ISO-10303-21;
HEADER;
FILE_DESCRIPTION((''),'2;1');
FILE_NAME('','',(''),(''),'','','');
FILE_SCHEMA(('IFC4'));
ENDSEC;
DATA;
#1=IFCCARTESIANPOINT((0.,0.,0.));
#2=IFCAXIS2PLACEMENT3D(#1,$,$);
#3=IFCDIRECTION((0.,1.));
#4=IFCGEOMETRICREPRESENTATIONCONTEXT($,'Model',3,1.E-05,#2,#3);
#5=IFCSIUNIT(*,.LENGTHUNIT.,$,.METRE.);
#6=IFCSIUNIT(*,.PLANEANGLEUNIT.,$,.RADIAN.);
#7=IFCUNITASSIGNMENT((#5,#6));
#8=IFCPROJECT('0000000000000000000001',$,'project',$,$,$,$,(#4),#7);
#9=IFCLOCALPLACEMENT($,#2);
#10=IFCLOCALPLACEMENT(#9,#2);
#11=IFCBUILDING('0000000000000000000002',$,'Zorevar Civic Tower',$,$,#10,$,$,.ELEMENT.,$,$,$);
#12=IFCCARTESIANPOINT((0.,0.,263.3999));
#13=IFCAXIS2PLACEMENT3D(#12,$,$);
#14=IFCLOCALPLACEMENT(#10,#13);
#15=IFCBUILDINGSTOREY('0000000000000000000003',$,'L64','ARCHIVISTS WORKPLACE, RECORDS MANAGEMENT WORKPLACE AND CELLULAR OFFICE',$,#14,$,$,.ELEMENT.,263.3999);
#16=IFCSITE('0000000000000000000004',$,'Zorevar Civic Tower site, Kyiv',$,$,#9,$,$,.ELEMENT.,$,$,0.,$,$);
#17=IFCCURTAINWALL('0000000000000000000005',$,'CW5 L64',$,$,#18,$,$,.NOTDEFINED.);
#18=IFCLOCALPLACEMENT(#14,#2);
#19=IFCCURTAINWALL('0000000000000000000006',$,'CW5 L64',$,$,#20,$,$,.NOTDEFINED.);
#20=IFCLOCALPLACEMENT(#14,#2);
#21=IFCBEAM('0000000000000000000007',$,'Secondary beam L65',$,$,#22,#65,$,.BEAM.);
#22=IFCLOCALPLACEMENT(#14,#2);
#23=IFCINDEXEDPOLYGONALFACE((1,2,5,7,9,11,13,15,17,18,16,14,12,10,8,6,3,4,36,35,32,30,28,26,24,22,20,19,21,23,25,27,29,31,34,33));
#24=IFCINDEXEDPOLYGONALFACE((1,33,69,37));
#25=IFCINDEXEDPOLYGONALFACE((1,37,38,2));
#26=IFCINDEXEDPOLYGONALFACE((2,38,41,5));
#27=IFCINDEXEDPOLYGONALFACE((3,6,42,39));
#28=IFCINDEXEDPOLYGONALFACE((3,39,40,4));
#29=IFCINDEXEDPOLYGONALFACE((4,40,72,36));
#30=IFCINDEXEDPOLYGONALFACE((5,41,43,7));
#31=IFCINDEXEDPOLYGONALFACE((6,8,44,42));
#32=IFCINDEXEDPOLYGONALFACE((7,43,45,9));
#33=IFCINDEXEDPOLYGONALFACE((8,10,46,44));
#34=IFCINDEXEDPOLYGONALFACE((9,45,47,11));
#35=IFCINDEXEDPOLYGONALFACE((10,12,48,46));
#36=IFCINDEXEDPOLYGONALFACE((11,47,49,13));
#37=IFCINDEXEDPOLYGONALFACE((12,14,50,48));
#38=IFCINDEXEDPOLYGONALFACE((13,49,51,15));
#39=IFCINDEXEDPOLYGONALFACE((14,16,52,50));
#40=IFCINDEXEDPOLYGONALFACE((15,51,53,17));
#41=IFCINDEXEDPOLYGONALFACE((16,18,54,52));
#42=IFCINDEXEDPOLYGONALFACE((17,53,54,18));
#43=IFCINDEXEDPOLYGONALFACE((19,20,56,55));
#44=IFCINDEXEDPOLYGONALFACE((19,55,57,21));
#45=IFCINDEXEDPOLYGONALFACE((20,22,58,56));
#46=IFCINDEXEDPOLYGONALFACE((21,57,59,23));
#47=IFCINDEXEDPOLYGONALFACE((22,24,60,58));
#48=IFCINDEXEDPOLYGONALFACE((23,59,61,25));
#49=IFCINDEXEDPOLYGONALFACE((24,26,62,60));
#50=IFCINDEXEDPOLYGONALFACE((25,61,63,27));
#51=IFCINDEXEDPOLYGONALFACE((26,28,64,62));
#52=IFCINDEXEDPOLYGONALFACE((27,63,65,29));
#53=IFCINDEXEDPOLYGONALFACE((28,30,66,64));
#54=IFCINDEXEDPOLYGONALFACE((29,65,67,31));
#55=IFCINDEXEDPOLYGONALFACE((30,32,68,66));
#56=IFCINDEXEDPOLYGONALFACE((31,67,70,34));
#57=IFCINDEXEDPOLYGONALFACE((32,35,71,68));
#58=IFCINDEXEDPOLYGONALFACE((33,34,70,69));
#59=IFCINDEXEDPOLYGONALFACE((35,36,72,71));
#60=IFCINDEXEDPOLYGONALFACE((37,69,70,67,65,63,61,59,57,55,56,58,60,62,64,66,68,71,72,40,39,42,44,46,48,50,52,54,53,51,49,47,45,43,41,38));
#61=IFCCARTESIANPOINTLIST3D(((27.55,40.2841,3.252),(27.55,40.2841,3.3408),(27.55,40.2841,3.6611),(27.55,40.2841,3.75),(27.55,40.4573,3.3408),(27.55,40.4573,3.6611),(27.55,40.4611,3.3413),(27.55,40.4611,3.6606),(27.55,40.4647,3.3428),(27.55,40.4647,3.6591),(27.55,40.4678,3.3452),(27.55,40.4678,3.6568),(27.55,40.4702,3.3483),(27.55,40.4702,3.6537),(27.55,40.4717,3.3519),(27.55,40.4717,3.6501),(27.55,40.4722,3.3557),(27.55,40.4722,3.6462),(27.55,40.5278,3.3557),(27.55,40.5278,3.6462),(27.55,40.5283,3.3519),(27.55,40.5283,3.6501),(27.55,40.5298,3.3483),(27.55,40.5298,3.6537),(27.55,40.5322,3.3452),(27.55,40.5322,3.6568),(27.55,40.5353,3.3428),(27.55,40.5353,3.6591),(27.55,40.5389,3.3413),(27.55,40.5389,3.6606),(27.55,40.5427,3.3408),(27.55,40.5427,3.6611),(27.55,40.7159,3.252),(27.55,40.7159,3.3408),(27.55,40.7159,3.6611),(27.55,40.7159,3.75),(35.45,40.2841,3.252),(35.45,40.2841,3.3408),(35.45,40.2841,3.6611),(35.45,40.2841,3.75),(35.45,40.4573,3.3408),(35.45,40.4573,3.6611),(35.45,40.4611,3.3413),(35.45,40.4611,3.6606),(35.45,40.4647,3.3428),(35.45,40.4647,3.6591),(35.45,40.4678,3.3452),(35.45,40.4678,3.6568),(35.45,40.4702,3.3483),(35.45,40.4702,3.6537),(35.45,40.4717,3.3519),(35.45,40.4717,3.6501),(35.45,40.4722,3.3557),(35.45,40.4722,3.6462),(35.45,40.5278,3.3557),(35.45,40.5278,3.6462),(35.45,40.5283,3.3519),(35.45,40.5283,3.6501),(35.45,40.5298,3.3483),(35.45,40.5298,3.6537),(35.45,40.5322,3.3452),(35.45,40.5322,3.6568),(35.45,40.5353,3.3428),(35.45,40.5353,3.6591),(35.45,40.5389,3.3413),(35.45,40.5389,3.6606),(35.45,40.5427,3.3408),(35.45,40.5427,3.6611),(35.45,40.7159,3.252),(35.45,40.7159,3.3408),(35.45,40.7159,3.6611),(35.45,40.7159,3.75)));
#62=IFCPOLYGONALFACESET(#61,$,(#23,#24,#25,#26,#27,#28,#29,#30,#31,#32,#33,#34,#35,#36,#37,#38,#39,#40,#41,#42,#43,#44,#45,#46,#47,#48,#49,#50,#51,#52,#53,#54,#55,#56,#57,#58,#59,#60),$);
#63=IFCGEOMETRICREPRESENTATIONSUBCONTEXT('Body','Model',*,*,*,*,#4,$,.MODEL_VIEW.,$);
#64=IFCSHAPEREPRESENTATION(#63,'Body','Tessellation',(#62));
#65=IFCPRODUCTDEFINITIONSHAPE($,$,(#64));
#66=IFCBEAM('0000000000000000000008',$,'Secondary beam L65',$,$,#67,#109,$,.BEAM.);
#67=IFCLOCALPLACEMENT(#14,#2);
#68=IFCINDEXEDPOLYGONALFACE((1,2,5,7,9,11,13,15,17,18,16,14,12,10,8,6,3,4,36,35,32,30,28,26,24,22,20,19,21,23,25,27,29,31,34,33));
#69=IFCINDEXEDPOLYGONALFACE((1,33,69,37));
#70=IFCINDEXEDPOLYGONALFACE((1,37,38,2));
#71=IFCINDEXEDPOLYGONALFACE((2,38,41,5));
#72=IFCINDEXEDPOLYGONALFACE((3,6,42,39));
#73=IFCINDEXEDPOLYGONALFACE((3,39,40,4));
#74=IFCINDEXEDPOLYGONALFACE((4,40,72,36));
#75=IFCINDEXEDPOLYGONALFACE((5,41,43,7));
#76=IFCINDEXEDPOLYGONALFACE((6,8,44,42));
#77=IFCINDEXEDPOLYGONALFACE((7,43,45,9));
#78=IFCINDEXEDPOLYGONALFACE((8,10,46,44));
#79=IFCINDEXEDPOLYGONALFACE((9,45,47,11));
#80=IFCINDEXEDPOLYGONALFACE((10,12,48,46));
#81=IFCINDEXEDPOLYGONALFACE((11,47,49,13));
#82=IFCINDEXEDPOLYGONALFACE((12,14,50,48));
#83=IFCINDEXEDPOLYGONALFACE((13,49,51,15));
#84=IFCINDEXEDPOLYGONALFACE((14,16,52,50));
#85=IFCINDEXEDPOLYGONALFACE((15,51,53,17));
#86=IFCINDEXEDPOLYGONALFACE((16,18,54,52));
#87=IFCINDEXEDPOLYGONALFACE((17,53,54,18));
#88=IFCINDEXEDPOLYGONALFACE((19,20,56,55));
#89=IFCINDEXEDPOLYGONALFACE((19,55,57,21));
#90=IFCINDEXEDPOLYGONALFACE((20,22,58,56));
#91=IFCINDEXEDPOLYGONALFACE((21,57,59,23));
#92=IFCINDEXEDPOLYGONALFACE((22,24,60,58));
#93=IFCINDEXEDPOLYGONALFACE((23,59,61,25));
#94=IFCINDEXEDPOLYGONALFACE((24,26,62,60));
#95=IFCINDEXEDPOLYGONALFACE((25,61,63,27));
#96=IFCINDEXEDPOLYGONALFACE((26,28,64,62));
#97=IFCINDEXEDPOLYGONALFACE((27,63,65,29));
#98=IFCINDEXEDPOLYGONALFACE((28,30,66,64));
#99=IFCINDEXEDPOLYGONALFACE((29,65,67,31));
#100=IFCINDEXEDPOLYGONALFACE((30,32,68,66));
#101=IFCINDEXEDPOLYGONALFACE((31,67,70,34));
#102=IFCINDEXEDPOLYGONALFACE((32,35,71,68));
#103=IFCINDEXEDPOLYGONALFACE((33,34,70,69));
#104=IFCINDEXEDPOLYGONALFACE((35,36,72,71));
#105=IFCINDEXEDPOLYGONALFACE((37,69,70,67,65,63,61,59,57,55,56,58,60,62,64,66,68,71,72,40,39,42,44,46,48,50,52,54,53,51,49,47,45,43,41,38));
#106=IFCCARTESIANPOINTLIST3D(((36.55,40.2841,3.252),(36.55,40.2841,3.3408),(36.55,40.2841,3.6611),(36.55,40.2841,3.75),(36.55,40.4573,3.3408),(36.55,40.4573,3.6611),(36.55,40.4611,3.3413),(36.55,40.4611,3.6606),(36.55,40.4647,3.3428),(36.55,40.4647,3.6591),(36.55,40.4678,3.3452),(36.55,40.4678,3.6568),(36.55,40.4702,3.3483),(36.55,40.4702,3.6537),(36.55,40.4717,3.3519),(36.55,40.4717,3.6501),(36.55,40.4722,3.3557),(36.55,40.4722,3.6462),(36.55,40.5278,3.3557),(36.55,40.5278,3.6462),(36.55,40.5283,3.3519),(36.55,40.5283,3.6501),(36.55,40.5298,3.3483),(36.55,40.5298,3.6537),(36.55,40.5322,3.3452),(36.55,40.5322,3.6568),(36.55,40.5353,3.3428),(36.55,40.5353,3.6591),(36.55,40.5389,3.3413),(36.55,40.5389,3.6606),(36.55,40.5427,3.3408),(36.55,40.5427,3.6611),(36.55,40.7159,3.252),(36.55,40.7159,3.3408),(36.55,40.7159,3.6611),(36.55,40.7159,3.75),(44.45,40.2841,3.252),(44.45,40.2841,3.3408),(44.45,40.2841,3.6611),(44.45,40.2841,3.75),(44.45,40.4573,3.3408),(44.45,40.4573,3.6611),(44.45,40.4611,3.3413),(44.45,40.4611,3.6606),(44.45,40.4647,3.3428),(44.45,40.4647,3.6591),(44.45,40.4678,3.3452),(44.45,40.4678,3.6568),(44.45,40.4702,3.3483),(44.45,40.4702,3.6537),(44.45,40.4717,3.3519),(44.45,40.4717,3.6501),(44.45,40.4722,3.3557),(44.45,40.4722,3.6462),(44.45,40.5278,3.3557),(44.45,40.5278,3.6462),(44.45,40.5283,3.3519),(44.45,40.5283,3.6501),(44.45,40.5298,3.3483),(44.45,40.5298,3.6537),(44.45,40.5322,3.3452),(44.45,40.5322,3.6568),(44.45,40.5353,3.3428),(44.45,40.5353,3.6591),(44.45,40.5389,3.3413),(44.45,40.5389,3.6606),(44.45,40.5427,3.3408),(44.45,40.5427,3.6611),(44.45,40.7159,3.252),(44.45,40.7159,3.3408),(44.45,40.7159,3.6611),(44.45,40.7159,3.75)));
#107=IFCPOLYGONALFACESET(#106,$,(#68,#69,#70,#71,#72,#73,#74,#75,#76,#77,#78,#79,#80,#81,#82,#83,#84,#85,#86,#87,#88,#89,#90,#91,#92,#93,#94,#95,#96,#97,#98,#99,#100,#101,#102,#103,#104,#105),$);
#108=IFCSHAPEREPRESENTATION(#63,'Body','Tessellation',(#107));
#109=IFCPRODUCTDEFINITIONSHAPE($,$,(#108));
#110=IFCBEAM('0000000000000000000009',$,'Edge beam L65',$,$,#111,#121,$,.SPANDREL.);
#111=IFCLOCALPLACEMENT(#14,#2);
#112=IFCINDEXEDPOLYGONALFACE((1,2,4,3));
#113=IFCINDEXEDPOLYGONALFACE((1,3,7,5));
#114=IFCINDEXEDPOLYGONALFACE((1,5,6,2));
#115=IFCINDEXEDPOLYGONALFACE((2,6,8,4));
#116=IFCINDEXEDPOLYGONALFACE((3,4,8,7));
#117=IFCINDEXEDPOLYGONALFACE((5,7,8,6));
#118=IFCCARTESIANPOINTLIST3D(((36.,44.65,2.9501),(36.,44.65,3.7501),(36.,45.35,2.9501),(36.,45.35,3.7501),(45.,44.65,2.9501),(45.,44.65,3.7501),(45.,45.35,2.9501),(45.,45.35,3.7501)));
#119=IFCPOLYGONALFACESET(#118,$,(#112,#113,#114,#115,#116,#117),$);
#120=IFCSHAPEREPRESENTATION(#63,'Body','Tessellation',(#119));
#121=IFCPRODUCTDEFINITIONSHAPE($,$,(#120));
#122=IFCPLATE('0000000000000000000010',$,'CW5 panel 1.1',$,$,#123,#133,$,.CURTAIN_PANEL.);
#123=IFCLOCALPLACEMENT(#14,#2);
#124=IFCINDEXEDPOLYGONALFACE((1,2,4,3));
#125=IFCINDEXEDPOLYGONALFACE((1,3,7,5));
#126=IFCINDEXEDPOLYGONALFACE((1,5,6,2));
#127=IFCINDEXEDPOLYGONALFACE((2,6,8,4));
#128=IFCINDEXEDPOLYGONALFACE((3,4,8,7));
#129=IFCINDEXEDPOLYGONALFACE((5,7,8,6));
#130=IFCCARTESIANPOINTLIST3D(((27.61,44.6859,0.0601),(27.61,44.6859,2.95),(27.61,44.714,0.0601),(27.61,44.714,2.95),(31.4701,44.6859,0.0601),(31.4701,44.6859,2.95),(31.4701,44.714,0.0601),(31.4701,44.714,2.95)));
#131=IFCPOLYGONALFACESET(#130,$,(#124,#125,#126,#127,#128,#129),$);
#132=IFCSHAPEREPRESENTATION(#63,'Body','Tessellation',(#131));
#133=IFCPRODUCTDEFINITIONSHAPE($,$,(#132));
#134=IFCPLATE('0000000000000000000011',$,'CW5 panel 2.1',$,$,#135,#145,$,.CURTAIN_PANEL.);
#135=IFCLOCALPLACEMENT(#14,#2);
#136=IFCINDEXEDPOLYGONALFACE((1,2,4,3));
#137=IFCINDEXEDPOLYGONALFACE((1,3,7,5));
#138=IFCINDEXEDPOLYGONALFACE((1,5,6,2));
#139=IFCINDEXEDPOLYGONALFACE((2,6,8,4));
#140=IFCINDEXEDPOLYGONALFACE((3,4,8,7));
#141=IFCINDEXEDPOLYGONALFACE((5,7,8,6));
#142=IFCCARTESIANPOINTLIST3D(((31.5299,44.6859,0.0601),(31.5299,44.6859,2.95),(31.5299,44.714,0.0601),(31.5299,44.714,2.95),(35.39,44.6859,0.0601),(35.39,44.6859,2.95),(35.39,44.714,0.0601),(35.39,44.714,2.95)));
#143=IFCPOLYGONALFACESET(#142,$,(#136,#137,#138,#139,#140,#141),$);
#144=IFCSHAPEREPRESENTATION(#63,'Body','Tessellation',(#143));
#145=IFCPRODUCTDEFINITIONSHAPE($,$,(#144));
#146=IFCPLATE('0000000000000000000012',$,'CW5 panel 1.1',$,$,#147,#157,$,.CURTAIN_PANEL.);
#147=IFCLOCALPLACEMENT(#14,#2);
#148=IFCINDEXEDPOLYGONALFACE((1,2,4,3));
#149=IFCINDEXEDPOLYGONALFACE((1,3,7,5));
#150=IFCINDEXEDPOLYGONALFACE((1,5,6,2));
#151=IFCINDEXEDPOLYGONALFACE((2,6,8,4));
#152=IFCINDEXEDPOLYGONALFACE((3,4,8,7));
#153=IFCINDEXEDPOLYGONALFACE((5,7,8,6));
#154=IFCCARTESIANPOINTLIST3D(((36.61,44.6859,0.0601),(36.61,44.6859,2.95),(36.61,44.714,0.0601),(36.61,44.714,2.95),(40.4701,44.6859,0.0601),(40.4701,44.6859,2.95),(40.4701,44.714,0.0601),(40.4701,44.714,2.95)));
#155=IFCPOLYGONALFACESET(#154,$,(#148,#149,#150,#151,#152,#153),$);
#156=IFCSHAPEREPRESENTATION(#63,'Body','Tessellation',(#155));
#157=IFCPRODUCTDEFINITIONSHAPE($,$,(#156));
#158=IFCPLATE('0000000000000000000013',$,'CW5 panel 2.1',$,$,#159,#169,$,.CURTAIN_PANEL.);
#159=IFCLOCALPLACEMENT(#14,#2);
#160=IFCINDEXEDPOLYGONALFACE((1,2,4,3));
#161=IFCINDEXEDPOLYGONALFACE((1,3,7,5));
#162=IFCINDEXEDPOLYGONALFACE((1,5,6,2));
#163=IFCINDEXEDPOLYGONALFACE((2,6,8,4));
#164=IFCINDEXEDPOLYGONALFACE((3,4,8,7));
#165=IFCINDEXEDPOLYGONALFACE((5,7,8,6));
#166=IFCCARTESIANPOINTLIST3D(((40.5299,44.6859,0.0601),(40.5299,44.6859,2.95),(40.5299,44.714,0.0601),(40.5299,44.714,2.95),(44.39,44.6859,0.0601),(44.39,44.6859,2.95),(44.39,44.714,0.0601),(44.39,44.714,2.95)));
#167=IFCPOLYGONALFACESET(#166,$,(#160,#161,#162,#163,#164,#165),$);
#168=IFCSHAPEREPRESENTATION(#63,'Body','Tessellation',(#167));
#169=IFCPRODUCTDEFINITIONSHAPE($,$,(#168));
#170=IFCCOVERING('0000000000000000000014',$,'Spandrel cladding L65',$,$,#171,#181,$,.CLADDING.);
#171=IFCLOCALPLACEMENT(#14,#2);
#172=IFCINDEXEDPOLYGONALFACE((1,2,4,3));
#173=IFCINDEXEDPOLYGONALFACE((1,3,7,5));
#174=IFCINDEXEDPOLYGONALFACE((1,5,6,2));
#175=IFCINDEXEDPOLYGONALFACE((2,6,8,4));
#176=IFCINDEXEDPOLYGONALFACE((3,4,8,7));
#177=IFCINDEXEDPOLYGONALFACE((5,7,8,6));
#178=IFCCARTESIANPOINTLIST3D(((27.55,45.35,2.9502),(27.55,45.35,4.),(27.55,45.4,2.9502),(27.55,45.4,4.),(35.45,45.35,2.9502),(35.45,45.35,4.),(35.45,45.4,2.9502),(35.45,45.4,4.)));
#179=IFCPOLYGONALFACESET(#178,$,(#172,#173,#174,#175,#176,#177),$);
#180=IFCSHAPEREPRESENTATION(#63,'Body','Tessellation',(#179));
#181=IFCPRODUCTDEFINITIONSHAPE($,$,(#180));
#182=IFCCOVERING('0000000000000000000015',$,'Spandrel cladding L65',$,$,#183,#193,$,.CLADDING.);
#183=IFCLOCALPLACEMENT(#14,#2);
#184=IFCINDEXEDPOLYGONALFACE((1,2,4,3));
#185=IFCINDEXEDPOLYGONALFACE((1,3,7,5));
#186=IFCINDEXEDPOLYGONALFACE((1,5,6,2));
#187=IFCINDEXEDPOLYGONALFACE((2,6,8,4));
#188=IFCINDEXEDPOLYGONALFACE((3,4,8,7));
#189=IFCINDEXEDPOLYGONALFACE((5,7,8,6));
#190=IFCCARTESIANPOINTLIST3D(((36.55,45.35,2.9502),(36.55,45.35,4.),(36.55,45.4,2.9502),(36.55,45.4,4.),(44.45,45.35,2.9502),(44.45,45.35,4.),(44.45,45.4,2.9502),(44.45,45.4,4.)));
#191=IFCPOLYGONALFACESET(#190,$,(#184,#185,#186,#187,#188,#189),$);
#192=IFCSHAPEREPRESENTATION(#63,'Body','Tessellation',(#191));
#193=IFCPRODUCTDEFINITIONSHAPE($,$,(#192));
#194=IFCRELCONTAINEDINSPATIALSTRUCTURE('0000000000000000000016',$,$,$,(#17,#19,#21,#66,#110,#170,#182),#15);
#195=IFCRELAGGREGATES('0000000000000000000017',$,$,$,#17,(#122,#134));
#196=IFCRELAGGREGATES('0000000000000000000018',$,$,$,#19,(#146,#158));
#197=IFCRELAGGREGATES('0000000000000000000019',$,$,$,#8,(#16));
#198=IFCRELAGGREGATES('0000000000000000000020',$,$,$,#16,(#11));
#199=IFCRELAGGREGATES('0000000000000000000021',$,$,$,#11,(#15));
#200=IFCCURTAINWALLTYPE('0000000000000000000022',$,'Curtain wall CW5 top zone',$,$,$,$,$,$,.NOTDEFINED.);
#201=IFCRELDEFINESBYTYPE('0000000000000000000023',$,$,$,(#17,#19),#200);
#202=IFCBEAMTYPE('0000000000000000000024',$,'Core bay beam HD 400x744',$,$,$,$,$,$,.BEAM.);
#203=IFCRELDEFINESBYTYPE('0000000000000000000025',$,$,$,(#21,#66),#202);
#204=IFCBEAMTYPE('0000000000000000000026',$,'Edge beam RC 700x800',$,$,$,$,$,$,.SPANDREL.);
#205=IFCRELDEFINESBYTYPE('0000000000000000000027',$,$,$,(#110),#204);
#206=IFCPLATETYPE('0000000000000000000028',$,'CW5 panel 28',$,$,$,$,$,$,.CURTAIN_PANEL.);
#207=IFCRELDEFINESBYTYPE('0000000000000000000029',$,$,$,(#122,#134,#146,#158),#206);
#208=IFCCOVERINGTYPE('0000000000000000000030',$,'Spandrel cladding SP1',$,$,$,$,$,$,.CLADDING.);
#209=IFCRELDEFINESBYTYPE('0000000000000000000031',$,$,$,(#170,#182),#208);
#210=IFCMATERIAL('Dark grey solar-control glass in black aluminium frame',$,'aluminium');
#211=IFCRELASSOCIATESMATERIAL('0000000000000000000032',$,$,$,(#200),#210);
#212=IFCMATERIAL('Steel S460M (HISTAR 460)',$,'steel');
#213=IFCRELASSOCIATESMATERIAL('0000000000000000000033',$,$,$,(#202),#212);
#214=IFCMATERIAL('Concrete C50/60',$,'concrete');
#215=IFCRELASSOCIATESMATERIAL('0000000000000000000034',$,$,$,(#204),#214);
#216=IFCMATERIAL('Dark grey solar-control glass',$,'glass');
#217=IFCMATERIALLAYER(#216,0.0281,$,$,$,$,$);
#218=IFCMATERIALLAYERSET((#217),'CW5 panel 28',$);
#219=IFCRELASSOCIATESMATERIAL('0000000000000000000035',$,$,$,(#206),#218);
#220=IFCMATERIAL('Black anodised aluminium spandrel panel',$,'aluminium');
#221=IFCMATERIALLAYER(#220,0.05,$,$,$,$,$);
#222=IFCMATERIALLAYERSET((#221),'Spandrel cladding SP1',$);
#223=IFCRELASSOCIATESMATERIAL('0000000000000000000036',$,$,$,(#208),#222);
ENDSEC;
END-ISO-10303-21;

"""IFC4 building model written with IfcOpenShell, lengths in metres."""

from ifc_helpers import new_model, si_unit, direction, frame, frame_2d, origin, origin_2d, place, context, subcontext, project, spatial, rectangle, i_section, extrude, material, layer, layer_set, material_profile, profile_set, type_object, element, aggregate, save


model = new_model("IFC4")

# Units and contexts
model_context = context("Model", 3, precision=1e-05, world=origin(), true_north=direction((0.0, 1.0)))
body_context = subcontext(model_context, "Body", "Model", "MODEL_VIEW")
ifc_project = project(units=[si_unit("LENGTHUNIT", "METRE"), si_unit("PLANEANGLEUNIT", "RADIAN")], contexts=[model_context])

# Site, building, storey
site_placement = place(None, origin())
site = spatial("IfcSite", under=ifc_project, at=site_placement, Name="Zorevar Civic Tower site, Kyiv", CompositionType="ELEMENT", RefElevation=0.0)
building_placement = place(site_placement, origin())
building = spatial("IfcBuilding", under=site, at=building_placement, Name="Zorevar Civic Tower", CompositionType="ELEMENT")
storey_placement = place(building_placement, frame((0.0, 0.0, 263.3999)))
storey = spatial("IfcBuildingStorey", under=building, at=storey_placement, Name="L64", Description="ARCHIVISTS WORKPLACE, RECORDS MANAGEMENT WORKPLACE AND CELLULAR OFFICE", CompositionType="ELEMENT", Elevation=263.3999)

# Curtain walls
ifc_material_1 = material(Name="Dark grey solar-control glass in black aluminium frame", Category="aluminium")
curtain_wall_type = type_object("IfcCurtainWallType", Name="Curtain wall CW5 top zone", PredefinedType="NOTDEFINED", material=ifc_material_1)
curtain_wall_1_placement = place(storey_placement, origin())
curtain_wall_1 = element("IfcCurtainWall", 1, at=curtain_wall_1_placement, inside=storey, type_object=curtain_wall_type, Name="CW5 L64", PredefinedType="NOTDEFINED")
curtain_wall_2_placement = place(storey_placement, origin())
curtain_wall_2 = element("IfcCurtainWall", 2, at=curtain_wall_2_placement, inside=storey, type_object=curtain_wall_type, Name="CW5 L64", PredefinedType="NOTDEFINED")

# Beams
ifc_material_2 = material(Name="Steel S460M (HISTAR 460)", Category="steel")
ifc_material_profile_1 = material_profile(ifc_material_2, i_section(OverallWidth=0.4319, OverallDepth=0.498, WebThickness=0.0557, FlangeThickness=0.0889, FilletRadius=0.0149, at=origin_2d()), Name="HD 400x744")
ifc_profile_set_1 = profile_set([ifc_material_profile_1], Name="Steel S460M (HISTAR 460)")
beam_type_1 = type_object("IfcBeamType", Name="Core bay beam HD 400x744", PredefinedType="BEAM", material=ifc_profile_set_1)
for number, where, z_axis, x_axis, name in (
    (3, (27.55, 40.5, 3.501), (1.0, 0.0, 0.0), (0.0, 1.0, 0.0), "Secondary beam L65"),
    (4, (36.55, 40.5, 3.501), (1.0, 0.0, 0.0), (0.0, 1.0, 0.0), "Secondary beam L65"),
):
    element("IfcBeam", number, at=place(storey_placement, frame(where, z_axis=z_axis, x_axis=x_axis)), inside=storey, type_object=beam_type_1, Name=name, PredefinedType="BEAM", context=body_context, shape_type="SweptSolid", body=[
        extrude(i_section(OverallWidth=0.4319, OverallDepth=0.498, WebThickness=0.0557, FlangeThickness=0.0889, FilletRadius=0.0149, at=origin_2d()), origin(), (0.0, 0.0, 1.0), 7.8999),
    ])
ifc_material_3 = material(Name="Concrete C50/60", Category="concrete")
ifc_material_profile_2 = material_profile(ifc_material_3, rectangle(XDim=0.7, YDim=0.8, at=origin_2d()), Name="RC 700x800")
ifc_profile_set_2 = profile_set([ifc_material_profile_2], Name="Concrete C50/60")
beam_type_2 = type_object("IfcBeamType", Name="Edge beam RC 700x800", PredefinedType="SPANDREL", material=ifc_profile_set_2)
beam_placement = place(storey_placement, frame((36.0, 45.0, 3.3501), z_axis=(1.0, 0.0, 0.0), x_axis=(0.0, 1.0, 0.0)))
element("IfcBeam", 5, at=beam_placement, inside=storey, type_object=beam_type_2, Name="Edge beam L65", PredefinedType="SPANDREL", context=body_context, shape_type="SweptSolid", body=[
    extrude(rectangle(XDim=0.7, YDim=0.8, at=origin_2d()), origin(), (0.0, 0.0, 1.0), 9.0),
])

# Plates
ifc_material_4 = material(Name="Dark grey solar-control glass", Category="glass")
ifc_layer_1 = layer(ifc_material_4, 0.0281)
ifc_layer_set_1 = layer_set([ifc_layer_1], Name="CW5 panel 28")
plate_type = type_object("IfcPlateType", Name="CW5 panel 28", PredefinedType="CURTAIN_PANEL", material=ifc_layer_set_1)
plate_1_placement = place(storey_placement, frame((29.54, 44.7, 0.0601), z_axis=(0.0, 0.0, 1.0), x_axis=(1.0, 0.0, 0.0)))
plate_1 = element("IfcPlate", 6, at=plate_1_placement, type_object=plate_type, Name="CW5 panel 1.1", PredefinedType="CURTAIN_PANEL", context=body_context, shape_type="SweptSolid", body=[
    extrude(rectangle(XDim=3.8601, YDim=0.0281, at=origin_2d()), origin(), (0.0, 0.0, 1.0), 2.8899),
])
plate_2_placement = place(storey_placement, frame((33.46, 44.7, 0.0601), z_axis=(0.0, 0.0, 1.0), x_axis=(1.0, 0.0, 0.0)))
plate_2 = element("IfcPlate", 7, at=plate_2_placement, type_object=plate_type, Name="CW5 panel 2.1", PredefinedType="CURTAIN_PANEL", context=body_context, shape_type="SweptSolid", body=[
    extrude(rectangle(XDim=3.8601, YDim=0.0281, at=origin_2d()), origin(), (0.0, 0.0, 1.0), 2.8899),
])
aggregate(curtain_wall_1, [plate_1, plate_2])
plate_3_placement = place(storey_placement, frame((38.54, 44.7, 0.0601), z_axis=(0.0, 0.0, 1.0), x_axis=(1.0, 0.0, 0.0)))
plate_3 = element("IfcPlate", 8, at=plate_3_placement, type_object=plate_type, Name="CW5 panel 1.1", PredefinedType="CURTAIN_PANEL", context=body_context, shape_type="SweptSolid", body=[
    extrude(rectangle(XDim=3.8601, YDim=0.0281, at=origin_2d()), origin(), (0.0, 0.0, 1.0), 2.8899),
])
plate_4_placement = place(storey_placement, frame((42.46, 44.7, 0.0601), z_axis=(0.0, 0.0, 1.0), x_axis=(1.0, 0.0, 0.0)))
plate_4 = element("IfcPlate", 9, at=plate_4_placement, type_object=plate_type, Name="CW5 panel 2.1", PredefinedType="CURTAIN_PANEL", context=body_context, shape_type="SweptSolid", body=[
    extrude(rectangle(XDim=3.8601, YDim=0.0281, at=origin_2d()), origin(), (0.0, 0.0, 1.0), 2.8899),
])
aggregate(curtain_wall_2, [plate_3, plate_4])

# Coverings
ifc_material_5 = material(Name="Black anodised aluminium spandrel panel", Category="aluminium")
ifc_layer_2 = layer(ifc_material_5, 0.05)
ifc_layer_set_2 = layer_set([ifc_layer_2], Name="Spandrel cladding SP1")
covering_type = type_object("IfcCoveringType", Name="Spandrel cladding SP1", PredefinedType="CLADDING", material=ifc_layer_set_2)
for number, where, z_axis, x_axis, name in (
    (10, (27.55, 45.375, 2.9502), (0.0, 0.0, 1.0), (1.0, 0.0, 0.0), "Spandrel cladding L65"),
    (11, (36.55, 45.375, 2.9502), (0.0, 0.0, 1.0), (1.0, 0.0, 0.0), "Spandrel cladding L65"),
):
    element("IfcCovering", number, at=place(storey_placement, frame(where, z_axis=z_axis, x_axis=x_axis)), inside=storey, type_object=covering_type, Name=name, PredefinedType="CLADDING", context=body_context, shape_type="SweptSolid", body=[
        extrude(rectangle(XDim=7.8999, YDim=0.05, at=frame_2d((3.95, 0.0))), origin(), (0.0, 0.0, 1.0), 1.0498),
    ])

save(model, "model.ifc")
